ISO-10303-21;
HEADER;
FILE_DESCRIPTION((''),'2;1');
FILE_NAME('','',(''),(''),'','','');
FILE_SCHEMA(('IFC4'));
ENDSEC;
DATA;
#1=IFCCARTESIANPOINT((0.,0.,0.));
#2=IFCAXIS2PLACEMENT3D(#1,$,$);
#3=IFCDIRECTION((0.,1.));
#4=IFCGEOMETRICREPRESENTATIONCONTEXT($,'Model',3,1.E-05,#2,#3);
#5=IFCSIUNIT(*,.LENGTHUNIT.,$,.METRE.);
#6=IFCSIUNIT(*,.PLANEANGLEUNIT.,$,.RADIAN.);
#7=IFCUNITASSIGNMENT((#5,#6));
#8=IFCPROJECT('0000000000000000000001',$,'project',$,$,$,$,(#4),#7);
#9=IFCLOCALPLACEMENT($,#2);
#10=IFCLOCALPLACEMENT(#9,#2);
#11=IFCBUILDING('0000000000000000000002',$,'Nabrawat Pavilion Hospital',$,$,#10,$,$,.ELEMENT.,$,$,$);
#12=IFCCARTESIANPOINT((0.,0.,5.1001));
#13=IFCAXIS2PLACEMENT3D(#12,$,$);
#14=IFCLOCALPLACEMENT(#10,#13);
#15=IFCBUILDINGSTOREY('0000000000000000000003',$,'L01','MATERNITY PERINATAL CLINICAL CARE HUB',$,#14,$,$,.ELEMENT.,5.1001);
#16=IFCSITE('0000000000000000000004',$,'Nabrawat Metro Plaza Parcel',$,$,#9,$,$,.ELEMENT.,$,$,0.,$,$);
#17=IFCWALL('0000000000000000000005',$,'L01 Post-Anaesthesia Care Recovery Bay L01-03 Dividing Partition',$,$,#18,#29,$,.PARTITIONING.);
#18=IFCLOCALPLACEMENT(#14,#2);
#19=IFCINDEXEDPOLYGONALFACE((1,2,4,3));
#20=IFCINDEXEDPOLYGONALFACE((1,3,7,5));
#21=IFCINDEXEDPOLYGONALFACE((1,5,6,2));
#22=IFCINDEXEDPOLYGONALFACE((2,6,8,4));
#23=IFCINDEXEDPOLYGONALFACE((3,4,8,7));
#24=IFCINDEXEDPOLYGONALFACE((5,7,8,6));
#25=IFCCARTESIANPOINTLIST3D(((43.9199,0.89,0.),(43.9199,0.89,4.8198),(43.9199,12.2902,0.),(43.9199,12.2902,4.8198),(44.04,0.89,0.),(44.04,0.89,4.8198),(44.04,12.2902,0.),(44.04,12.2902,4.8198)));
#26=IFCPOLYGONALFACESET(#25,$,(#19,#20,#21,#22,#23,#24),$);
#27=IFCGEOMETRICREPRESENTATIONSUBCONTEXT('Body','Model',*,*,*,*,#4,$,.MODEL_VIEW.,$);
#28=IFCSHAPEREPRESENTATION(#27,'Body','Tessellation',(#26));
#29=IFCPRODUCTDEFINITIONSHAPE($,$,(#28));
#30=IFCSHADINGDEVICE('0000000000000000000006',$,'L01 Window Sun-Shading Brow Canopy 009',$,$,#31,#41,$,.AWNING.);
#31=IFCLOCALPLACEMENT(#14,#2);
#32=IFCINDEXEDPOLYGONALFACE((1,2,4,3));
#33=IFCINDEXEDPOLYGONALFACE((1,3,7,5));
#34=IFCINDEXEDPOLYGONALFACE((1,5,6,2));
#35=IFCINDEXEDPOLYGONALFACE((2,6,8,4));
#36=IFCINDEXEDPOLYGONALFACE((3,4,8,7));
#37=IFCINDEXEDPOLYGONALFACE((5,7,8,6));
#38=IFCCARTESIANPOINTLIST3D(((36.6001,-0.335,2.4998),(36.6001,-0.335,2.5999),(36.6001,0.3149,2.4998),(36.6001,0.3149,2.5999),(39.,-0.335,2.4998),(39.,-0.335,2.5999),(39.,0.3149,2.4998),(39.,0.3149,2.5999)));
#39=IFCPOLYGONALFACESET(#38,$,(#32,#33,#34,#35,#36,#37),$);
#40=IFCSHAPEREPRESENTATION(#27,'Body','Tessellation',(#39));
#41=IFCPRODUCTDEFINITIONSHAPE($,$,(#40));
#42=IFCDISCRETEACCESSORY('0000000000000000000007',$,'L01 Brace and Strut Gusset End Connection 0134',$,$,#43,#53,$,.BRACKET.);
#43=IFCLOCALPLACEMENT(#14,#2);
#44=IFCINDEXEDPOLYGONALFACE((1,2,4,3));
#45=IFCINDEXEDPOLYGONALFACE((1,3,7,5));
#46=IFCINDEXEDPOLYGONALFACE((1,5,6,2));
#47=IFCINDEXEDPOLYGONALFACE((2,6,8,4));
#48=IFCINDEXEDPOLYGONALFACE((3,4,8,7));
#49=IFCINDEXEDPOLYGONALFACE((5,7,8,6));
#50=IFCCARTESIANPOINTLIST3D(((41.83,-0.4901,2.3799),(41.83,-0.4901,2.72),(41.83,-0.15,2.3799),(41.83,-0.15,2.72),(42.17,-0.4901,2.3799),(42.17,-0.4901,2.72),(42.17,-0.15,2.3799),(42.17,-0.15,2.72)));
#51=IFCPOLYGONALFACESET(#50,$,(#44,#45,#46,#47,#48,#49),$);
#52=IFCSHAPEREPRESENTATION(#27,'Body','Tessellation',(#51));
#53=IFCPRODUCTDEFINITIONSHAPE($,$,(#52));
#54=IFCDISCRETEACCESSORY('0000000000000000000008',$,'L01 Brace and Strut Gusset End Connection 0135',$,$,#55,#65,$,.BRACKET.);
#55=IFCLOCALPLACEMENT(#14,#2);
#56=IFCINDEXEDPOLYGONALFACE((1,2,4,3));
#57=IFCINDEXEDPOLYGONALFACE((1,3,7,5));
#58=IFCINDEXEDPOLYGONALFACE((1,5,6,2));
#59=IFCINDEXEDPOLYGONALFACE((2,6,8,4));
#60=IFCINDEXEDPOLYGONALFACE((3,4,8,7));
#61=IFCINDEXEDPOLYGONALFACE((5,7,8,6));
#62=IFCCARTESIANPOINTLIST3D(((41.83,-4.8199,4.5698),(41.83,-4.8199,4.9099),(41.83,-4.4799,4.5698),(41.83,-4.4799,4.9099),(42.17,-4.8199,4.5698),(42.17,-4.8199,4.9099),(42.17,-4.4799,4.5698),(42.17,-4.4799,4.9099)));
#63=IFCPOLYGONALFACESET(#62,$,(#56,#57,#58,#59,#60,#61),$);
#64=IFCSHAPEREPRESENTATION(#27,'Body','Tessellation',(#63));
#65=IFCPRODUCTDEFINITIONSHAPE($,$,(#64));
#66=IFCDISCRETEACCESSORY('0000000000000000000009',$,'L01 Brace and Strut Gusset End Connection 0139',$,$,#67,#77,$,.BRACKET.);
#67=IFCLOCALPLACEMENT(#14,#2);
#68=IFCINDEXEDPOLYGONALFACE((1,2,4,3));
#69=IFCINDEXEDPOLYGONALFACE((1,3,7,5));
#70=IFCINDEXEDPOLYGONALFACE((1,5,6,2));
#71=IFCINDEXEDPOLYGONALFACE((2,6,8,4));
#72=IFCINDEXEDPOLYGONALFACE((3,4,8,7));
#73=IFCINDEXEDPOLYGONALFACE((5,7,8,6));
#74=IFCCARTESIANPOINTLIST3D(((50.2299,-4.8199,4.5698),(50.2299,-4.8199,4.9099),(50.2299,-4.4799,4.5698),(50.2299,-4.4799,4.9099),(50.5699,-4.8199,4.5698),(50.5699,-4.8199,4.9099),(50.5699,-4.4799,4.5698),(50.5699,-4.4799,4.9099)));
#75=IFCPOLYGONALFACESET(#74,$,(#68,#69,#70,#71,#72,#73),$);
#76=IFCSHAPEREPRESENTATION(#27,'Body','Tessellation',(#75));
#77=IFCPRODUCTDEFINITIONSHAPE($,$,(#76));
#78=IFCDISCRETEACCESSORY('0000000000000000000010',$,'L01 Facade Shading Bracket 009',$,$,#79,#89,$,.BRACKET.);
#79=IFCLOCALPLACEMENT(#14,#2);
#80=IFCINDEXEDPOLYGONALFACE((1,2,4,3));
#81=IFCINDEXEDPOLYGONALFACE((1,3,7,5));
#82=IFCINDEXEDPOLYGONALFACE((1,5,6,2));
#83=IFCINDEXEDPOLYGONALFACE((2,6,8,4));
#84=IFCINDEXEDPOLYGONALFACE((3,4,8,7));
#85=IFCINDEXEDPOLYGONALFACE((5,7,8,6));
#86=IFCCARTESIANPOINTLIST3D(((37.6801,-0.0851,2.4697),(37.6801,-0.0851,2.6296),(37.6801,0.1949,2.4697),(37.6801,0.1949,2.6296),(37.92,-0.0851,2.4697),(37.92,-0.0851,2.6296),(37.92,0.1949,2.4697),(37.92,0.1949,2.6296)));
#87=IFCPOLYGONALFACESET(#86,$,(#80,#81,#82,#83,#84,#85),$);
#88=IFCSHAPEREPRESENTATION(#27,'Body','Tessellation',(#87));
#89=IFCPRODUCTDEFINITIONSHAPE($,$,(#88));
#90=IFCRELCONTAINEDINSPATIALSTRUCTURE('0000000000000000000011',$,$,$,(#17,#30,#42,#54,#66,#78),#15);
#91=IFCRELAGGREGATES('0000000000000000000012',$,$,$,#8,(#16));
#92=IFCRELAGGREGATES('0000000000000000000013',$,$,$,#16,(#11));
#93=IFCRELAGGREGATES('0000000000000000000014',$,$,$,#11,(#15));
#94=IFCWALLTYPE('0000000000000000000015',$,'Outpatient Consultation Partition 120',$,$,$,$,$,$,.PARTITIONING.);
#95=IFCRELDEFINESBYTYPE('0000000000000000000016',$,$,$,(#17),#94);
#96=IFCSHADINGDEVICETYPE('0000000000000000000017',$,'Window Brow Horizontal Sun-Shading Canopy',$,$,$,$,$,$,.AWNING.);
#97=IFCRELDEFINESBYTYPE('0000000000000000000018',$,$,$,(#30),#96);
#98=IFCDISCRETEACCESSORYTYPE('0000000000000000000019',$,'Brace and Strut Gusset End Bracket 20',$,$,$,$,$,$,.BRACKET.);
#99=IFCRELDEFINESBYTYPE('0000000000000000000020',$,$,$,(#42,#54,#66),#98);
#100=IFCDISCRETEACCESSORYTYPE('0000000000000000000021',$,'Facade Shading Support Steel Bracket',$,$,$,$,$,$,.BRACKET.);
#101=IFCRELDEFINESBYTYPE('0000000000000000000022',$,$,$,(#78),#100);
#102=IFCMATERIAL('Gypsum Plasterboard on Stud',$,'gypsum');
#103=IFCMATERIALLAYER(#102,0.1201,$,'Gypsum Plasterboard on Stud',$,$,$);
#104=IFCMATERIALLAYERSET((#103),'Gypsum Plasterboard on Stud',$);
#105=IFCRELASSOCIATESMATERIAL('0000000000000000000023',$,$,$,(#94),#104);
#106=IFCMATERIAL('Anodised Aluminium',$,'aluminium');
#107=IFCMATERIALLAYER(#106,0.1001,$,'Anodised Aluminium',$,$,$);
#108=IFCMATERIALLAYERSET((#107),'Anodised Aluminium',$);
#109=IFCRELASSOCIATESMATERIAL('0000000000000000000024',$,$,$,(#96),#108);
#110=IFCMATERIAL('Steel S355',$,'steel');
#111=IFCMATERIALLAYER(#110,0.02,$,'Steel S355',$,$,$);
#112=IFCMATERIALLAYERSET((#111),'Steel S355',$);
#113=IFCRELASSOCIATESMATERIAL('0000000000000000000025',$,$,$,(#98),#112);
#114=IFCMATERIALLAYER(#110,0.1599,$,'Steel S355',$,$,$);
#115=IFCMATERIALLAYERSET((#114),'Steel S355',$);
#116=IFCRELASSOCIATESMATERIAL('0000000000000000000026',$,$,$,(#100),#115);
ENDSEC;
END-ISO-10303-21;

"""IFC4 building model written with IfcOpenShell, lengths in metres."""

from ifc_helpers import new_model, si_unit, direction, frame, frame_2d, origin, origin_2d, place, context, subcontext, project, spatial, rectangle, extrude, material, layer, layer_set, type_object, element, save


model = new_model("IFC4")

# Units and contexts
model_context = context("Model", 3, precision=1e-05, world=origin(), true_north=direction((0.0, 1.0)))
body_context = subcontext(model_context, "Body", "Model", "MODEL_VIEW")
ifc_project = project(units=[si_unit("LENGTHUNIT", "METRE"), si_unit("PLANEANGLEUNIT", "RADIAN")], contexts=[model_context])

# Site, building, storey
site_placement = place(None, origin())
site = spatial("IfcSite", under=ifc_project, at=site_placement, Name="Nabrawat Metro Plaza Parcel", CompositionType="ELEMENT", RefElevation=0.0)
building_placement = place(site_placement, origin())
building = spatial("IfcBuilding", under=site, at=building_placement, Name="Nabrawat Pavilion Hospital", CompositionType="ELEMENT")
storey_placement = place(building_placement, frame((0.0, 0.0, 5.1001)))
storey = spatial("IfcBuildingStorey", under=building, at=storey_placement, Name="L01", Description="MATERNITY PERINATAL CLINICAL CARE HUB", CompositionType="ELEMENT", Elevation=5.1001)

# Shared definitions
ifc_material_1 = material(Name="Steel S355", Category="steel")

# Wall
ifc_material_2 = material(Name="Gypsum Plasterboard on Stud", Category="gypsum")
ifc_layer_1 = layer(ifc_material_2, 0.1201, Name="Gypsum Plasterboard on Stud")
ifc_layer_set_1 = layer_set([ifc_layer_1], Name="Gypsum Plasterboard on Stud")
wall_type_1 = type_object("IfcWallType", Name="Outpatient Consultation Partition 120", PredefinedType="PARTITIONING", material=ifc_layer_set_1)
wall_1_placement = place(storey_placement, frame((43.98, 0.8899, 0.0), z_axis=(0.0, 0.0, 1.0), x_axis=(0.0, 1.0, 0.0)))
element("IfcWall", 1, at=wall_1_placement, inside=storey, type_object=wall_type_1, Name="L01 Post-Anaesthesia Care Recovery Bay L01-03 Dividing Partition", PredefinedType="PARTITIONING", context=body_context, shape_type="SweptSolid", body=[
    extrude(rectangle(XDim=11.4001, YDim=0.1201, at=frame_2d((5.7002, 0.0))), origin(), (0.0, 0.0, 1.0), 4.8198),
])

# Shading device
ifc_material_3 = material(Name="Anodised Aluminium", Category="aluminium")
ifc_layer_2 = layer(ifc_material_3, 0.1001, Name="Anodised Aluminium")
ifc_layer_set_2 = layer_set([ifc_layer_2], Name="Anodised Aluminium")
shading_device_type = type_object("IfcShadingDeviceType", Name="Window Brow Horizontal Sun-Shading Canopy", PredefinedType="AWNING", material=ifc_layer_set_2)
shading_device_placement = place(storey_placement, frame((37.8, -0.01, 2.4998), z_axis=(0.0, 0.0, 1.0), x_axis=(1.0, 0.0, 0.0)))
element("IfcShadingDevice", 2, at=shading_device_placement, inside=storey, type_object=shading_device_type, Name="L01 Window Sun-Shading Brow Canopy 009", PredefinedType="AWNING", context=body_context, shape_type="SweptSolid", body=[
    extrude(rectangle(XDim=2.3999, YDim=0.6499, at=origin_2d()), origin(), (0.0, 0.0, 1.0), 0.1001),
])

# Discrete accessories
ifc_layer_3 = layer(ifc_material_1, 0.02, Name="Steel S355")
ifc_layer_set_3 = layer_set([ifc_layer_3], Name="Steel S355")
discrete_accessory_type_1 = type_object("IfcDiscreteAccessoryType", Name="Brace and Strut Gusset End Bracket 20", PredefinedType="BRACKET", material=ifc_layer_set_3)
for number, where, z_axis, x_axis, name in (
    (3, (42.0, -0.3201, 2.3799), (0.0, 0.0, 1.0), (1.0, 0.0, 0.0), "L01 Brace and Strut Gusset End Connection 0134"),
    (4, (42.0, -4.6499, 4.5698), (0.0, 0.0, 1.0), (1.0, 0.0, 0.0), "L01 Brace and Strut Gusset End Connection 0135"),
    (5, (50.3999, -4.6499, 4.5698), (0.0, 0.0, 1.0), (1.0, 0.0, 0.0), "L01 Brace and Strut Gusset End Connection 0139"),
):
    element("IfcDiscreteAccessory", number, at=place(storey_placement, frame(where, z_axis=z_axis, x_axis=x_axis)), inside=storey, type_object=discrete_accessory_type_1, Name=name, PredefinedType="BRACKET", context=body_context, shape_type="SweptSolid", body=[
        extrude(rectangle(XDim=0.3401, YDim=0.3401, at=origin_2d()), origin(), (0.0, 0.0, 1.0), 0.3401),
    ])
ifc_layer_4 = layer(ifc_material_1, 0.1599, Name="Steel S355")
ifc_layer_set_4 = layer_set([ifc_layer_4], Name="Steel S355")
discrete_accessory_type_2 = type_object("IfcDiscreteAccessoryType", Name="Facade Shading Support Steel Bracket", PredefinedType="BRACKET", material=ifc_layer_set_4)
discrete_accessory_placement = place(storey_placement, frame((37.8, 0.0549, 2.4697), z_axis=(0.0, 0.0, 1.0), x_axis=(1.0, 0.0, 0.0)))
element("IfcDiscreteAccessory", 6, at=discrete_accessory_placement, inside=storey, type_object=discrete_accessory_type_2, Name="L01 Facade Shading Bracket 009", PredefinedType="BRACKET", context=body_context, shape_type="SweptSolid", body=[
    extrude(rectangle(XDim=0.24, YDim=0.28, at=origin_2d()), origin(), (0.0, 0.0, 1.0), 0.1599),
])

save(model, "model.ifc")
